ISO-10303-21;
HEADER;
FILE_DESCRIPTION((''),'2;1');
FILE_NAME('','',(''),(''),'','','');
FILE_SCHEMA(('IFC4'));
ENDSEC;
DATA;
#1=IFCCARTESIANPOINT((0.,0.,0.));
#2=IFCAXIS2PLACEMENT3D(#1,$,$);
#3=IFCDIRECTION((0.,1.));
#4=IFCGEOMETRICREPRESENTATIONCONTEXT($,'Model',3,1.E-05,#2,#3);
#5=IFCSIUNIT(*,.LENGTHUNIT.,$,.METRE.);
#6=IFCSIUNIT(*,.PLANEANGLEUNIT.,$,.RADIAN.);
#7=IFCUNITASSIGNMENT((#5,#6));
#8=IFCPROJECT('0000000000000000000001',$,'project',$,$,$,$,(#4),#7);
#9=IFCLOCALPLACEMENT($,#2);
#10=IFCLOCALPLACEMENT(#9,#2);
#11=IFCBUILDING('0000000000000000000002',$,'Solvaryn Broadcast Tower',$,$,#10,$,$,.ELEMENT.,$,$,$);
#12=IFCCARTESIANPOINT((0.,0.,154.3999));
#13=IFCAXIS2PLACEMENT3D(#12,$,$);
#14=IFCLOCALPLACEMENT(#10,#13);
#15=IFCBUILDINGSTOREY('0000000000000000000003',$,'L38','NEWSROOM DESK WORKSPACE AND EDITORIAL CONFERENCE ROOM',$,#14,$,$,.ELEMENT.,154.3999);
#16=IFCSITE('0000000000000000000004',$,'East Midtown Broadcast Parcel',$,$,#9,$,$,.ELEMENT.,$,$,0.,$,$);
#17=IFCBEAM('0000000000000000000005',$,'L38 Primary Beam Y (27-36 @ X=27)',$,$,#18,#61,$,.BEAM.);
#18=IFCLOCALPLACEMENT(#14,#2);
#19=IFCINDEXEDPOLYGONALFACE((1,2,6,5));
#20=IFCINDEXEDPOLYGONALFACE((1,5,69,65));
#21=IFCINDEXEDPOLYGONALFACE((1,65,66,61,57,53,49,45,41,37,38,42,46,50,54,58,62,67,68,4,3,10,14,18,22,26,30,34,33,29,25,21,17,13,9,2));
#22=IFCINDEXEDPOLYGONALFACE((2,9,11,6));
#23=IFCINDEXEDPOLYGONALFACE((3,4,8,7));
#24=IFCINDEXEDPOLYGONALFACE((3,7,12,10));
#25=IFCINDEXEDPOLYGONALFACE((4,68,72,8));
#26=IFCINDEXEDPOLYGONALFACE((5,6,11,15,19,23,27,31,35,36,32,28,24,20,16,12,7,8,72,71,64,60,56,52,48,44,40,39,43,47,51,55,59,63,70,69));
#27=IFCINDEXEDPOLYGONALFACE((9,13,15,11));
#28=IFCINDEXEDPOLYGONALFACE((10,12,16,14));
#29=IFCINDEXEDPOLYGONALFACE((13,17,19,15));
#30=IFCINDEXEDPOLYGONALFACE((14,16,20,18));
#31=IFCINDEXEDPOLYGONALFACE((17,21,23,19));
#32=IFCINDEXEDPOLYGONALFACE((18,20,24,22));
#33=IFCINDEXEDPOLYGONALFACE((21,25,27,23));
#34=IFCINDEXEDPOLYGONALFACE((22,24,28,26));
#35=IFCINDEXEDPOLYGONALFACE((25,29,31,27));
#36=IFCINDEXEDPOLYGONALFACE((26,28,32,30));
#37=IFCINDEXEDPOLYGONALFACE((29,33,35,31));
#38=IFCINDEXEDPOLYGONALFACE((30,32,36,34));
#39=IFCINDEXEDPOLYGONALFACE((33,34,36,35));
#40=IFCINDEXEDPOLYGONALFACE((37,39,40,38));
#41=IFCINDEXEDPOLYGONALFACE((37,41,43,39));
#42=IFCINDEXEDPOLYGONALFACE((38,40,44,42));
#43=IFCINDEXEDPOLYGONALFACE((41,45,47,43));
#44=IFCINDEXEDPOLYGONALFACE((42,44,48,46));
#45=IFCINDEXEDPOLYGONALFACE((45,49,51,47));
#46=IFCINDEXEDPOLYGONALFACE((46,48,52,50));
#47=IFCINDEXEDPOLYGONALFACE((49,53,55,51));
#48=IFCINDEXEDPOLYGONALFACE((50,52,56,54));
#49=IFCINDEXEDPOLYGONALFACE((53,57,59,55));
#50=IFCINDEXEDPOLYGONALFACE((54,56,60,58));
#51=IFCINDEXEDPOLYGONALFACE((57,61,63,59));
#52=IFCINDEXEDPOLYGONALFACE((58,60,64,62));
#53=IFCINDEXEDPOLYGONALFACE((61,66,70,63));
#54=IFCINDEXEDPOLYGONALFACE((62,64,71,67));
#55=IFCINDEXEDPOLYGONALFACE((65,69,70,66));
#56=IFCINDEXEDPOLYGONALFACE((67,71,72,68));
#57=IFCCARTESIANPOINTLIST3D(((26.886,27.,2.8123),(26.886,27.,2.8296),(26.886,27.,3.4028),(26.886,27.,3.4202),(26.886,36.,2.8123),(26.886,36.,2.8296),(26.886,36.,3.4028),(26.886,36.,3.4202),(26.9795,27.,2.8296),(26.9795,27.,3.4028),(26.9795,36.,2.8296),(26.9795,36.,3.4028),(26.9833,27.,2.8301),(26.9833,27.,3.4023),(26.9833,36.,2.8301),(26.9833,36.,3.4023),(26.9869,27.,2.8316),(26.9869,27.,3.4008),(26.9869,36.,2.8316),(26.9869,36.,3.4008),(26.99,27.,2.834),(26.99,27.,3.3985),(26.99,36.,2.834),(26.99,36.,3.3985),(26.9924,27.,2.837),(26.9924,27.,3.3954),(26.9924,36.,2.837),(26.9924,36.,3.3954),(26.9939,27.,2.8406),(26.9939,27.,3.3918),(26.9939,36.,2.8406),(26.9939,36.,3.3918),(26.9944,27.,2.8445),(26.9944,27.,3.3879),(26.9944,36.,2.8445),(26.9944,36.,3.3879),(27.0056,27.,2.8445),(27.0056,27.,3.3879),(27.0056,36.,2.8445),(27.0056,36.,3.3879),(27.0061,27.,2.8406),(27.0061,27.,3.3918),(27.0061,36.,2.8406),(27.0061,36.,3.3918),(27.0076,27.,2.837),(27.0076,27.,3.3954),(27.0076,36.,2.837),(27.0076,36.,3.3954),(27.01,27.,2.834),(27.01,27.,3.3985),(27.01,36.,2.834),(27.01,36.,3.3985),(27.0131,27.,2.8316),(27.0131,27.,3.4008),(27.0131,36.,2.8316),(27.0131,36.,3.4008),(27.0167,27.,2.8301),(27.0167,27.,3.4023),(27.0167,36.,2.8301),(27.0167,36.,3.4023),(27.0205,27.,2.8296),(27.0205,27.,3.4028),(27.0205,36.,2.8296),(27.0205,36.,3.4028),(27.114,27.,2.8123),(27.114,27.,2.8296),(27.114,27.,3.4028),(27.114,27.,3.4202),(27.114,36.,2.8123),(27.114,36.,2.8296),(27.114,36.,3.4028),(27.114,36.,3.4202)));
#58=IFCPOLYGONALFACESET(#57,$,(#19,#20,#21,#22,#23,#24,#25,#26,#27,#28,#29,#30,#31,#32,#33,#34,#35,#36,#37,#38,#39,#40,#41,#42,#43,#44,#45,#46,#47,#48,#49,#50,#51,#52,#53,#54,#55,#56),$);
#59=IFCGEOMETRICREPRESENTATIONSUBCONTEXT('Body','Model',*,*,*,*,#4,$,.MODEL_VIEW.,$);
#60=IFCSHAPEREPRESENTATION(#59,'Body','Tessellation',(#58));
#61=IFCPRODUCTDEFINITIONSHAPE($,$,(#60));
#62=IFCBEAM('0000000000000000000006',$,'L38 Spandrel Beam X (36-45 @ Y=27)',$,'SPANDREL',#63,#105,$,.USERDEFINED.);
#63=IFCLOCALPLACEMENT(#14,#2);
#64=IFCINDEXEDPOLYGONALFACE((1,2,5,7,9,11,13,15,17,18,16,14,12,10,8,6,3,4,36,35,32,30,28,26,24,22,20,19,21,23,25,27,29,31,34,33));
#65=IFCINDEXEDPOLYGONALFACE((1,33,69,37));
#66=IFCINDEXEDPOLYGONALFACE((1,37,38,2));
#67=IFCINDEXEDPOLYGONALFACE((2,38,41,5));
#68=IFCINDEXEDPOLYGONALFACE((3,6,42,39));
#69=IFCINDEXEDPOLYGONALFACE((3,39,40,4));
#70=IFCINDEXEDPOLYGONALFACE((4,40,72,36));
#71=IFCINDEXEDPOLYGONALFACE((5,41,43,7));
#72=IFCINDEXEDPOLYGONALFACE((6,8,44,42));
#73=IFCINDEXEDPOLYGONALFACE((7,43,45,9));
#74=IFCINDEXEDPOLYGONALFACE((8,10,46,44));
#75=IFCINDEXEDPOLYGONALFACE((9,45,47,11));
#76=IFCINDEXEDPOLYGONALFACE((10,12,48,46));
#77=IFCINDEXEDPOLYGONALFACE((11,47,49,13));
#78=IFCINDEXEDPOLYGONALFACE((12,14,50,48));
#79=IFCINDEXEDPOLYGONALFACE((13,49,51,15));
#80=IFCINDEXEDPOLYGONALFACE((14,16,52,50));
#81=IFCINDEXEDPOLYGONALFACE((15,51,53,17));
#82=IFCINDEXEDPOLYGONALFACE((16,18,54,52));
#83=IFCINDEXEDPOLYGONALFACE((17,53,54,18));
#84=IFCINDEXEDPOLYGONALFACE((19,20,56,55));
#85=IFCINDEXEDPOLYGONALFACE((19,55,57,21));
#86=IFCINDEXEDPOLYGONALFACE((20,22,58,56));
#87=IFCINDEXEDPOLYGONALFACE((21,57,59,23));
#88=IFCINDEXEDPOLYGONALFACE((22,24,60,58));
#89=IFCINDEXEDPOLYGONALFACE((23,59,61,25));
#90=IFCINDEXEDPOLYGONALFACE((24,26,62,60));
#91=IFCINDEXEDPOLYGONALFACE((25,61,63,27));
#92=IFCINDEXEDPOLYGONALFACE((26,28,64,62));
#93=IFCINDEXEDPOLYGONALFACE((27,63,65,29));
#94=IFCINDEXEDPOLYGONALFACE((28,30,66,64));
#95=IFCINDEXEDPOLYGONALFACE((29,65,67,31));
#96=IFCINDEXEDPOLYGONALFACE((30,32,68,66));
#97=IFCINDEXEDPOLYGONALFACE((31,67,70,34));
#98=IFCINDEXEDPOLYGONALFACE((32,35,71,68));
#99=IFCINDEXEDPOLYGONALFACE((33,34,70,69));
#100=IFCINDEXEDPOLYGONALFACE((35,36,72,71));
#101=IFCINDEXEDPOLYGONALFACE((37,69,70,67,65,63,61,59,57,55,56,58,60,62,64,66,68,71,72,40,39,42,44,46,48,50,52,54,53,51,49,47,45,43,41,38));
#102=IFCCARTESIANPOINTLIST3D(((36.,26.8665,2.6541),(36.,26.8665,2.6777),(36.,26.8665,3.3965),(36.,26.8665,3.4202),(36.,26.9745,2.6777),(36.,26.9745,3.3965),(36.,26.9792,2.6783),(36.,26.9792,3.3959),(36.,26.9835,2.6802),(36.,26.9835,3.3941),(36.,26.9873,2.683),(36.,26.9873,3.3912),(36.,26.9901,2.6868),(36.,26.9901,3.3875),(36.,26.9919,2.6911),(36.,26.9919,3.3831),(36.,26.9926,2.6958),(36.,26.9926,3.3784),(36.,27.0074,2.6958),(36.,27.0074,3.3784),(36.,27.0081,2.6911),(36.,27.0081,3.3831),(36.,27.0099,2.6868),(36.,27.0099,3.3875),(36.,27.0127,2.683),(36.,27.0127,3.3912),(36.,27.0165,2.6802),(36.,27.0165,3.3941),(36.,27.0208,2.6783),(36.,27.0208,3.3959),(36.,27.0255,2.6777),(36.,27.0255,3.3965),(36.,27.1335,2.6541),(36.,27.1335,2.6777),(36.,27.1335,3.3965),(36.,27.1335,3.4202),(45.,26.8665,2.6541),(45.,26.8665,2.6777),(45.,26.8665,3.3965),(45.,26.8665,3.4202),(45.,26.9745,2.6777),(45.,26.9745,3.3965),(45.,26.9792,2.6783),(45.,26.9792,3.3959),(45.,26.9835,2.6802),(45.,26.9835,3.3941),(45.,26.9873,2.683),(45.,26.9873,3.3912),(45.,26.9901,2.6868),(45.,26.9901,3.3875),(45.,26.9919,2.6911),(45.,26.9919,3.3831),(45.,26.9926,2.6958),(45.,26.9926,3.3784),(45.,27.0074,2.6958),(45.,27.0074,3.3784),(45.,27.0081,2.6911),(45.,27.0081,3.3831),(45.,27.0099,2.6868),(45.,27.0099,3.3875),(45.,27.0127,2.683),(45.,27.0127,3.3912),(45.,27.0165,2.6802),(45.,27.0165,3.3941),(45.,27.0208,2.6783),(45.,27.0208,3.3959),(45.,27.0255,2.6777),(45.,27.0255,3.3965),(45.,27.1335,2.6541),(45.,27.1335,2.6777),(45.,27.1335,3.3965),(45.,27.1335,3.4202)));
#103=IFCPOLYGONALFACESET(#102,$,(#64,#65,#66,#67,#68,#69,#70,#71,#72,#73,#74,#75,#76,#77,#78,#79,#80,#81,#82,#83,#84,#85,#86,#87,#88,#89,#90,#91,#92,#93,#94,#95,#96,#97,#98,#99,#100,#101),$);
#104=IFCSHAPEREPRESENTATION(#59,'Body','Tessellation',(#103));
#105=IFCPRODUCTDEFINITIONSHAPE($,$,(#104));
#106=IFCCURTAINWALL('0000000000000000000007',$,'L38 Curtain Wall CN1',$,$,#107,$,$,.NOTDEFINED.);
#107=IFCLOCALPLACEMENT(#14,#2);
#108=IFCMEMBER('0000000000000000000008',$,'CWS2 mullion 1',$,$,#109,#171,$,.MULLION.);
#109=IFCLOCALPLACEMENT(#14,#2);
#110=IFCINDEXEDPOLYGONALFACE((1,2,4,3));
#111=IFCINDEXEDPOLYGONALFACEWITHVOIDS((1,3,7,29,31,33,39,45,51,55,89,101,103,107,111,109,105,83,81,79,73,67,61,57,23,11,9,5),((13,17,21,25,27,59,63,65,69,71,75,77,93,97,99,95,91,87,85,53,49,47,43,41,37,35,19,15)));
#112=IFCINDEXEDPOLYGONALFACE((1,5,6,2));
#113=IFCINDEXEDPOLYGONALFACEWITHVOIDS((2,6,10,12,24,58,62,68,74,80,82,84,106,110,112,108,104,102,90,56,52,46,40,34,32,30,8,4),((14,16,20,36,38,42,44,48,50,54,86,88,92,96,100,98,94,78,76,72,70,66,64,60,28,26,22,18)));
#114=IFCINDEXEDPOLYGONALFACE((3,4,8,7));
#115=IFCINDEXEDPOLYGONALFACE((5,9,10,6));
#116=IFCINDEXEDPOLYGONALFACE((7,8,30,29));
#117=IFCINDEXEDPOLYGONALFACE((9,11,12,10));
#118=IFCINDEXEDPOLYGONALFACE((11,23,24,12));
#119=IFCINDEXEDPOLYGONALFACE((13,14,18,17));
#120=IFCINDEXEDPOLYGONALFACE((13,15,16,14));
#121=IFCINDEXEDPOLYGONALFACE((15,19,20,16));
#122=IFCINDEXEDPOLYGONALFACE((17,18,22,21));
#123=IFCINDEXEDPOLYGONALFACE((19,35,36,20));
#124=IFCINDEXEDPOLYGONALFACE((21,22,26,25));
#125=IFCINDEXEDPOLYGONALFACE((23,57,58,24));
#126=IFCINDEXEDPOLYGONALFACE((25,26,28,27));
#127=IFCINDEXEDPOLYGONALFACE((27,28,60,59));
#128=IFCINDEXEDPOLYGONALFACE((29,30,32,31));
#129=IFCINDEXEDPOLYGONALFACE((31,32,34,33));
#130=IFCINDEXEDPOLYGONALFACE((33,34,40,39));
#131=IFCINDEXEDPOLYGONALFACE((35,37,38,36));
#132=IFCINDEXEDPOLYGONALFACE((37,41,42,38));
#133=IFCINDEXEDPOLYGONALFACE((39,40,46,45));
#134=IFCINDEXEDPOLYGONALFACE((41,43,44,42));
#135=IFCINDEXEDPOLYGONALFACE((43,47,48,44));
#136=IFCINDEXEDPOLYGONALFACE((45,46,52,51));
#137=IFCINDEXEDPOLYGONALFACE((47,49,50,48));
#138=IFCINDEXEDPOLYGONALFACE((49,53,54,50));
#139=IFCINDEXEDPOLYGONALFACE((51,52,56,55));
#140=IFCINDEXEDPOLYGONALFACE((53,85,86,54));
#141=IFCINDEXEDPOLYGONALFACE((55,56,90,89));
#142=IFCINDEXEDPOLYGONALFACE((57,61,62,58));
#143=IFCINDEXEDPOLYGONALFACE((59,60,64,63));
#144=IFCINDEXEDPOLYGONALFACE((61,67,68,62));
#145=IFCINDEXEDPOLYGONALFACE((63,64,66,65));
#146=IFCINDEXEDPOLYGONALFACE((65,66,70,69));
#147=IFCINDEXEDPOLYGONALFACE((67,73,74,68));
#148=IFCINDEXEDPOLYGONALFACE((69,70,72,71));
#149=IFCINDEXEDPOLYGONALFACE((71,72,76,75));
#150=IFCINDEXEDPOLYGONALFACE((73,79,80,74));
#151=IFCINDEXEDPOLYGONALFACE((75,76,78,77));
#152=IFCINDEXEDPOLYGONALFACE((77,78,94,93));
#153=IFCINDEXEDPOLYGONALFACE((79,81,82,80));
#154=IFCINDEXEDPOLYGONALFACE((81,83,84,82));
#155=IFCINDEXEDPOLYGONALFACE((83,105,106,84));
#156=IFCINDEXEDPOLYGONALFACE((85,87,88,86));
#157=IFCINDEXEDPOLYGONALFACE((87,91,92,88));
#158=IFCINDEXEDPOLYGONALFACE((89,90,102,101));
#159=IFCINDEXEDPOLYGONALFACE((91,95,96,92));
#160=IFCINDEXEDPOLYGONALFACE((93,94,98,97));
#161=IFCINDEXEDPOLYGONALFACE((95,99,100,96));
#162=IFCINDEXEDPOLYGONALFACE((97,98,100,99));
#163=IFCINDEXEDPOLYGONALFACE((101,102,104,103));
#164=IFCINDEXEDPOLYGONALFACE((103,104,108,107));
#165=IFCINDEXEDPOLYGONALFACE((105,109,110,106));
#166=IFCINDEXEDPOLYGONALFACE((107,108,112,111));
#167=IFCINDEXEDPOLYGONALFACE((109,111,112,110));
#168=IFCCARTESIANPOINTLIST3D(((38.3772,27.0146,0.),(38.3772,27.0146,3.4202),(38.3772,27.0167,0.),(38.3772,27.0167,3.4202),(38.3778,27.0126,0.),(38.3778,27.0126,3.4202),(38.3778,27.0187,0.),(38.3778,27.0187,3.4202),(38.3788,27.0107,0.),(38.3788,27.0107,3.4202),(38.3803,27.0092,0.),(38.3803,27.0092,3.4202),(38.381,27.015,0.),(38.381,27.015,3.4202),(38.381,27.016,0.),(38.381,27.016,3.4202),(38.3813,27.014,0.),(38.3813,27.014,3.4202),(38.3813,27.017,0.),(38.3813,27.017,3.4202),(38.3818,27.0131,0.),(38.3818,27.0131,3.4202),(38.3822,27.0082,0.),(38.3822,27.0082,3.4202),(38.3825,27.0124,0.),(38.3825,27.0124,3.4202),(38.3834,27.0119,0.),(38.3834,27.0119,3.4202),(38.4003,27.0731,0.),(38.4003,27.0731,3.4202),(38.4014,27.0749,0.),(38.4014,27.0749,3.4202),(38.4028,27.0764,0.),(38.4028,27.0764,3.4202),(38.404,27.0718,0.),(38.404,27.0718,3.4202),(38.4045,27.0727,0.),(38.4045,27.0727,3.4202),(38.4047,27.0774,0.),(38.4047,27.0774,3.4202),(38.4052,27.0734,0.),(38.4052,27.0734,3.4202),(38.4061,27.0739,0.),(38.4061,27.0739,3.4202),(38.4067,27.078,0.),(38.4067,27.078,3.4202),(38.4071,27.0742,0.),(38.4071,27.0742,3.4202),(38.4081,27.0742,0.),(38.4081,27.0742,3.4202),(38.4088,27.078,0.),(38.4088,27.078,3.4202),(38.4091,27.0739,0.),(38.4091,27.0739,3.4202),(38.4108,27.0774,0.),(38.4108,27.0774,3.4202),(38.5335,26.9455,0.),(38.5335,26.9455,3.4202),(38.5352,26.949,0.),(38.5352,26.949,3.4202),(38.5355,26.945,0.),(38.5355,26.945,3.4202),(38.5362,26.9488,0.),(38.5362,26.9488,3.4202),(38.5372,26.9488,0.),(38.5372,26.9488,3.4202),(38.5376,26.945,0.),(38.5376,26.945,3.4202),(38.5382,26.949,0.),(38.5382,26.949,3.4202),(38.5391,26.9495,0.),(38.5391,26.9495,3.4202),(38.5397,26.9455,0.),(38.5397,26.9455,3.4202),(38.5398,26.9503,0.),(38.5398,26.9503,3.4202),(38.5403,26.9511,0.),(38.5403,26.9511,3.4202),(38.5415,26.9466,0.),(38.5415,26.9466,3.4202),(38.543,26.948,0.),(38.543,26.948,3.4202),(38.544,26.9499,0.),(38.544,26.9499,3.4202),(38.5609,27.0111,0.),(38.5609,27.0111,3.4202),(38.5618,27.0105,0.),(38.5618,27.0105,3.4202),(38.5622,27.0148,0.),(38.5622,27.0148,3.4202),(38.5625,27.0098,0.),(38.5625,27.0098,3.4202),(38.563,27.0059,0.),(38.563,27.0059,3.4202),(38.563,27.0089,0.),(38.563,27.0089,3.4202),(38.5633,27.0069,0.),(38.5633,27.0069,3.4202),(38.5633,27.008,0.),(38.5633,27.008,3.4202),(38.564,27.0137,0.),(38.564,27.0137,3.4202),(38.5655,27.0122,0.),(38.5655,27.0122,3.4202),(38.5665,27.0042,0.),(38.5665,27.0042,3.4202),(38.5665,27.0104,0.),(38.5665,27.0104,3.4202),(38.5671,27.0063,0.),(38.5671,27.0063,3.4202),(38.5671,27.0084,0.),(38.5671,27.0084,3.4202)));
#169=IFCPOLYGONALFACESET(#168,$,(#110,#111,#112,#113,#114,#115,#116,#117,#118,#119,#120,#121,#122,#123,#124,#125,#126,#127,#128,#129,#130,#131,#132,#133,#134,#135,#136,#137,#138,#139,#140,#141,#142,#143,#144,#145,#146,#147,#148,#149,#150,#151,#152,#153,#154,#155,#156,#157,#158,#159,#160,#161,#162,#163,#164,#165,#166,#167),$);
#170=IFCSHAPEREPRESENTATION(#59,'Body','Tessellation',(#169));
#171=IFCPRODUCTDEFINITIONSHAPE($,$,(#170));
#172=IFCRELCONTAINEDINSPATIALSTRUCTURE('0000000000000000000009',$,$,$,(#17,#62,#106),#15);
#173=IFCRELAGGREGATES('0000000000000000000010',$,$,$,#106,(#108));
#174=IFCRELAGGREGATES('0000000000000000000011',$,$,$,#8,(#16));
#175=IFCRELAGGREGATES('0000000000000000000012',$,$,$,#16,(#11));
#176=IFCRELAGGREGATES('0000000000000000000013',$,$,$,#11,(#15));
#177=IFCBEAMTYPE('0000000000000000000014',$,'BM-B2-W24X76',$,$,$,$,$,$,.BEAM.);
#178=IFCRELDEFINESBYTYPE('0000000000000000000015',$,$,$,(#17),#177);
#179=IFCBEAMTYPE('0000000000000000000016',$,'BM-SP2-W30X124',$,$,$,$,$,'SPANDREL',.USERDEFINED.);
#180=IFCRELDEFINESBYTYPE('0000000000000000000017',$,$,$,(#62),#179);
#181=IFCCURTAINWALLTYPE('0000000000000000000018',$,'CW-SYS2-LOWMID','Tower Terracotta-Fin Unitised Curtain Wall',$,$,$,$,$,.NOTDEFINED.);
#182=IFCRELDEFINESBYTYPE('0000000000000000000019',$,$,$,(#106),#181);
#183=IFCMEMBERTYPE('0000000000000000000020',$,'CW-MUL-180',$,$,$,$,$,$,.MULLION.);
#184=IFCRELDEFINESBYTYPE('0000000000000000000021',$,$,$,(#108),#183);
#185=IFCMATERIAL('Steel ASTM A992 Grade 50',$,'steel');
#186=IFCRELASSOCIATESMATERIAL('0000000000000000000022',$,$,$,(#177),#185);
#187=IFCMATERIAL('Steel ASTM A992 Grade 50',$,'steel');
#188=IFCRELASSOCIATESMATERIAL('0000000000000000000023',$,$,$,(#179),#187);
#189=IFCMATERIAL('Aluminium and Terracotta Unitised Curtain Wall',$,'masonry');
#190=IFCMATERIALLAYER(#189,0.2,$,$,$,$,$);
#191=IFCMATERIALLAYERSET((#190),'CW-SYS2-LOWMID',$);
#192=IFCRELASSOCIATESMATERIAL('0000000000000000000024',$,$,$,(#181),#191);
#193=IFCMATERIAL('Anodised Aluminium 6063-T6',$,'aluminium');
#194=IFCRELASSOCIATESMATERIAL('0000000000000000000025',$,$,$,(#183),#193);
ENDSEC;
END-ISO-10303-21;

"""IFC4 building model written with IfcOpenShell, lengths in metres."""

from ifc_helpers import new_model, si_unit, direction, frame, origin, origin_2d, place, context, subcontext, project, spatial, hollow_rectangle, i_section, extrude, material, layer, layer_set, material_profile, profile_set, type_object, element, aggregate, save


model = new_model("IFC4")

# Units and contexts
model_context = context("Model", 3, precision=1e-05, world=origin(), true_north=direction((0.0, 1.0)))
body_context = subcontext(model_context, "Body", "Model", "MODEL_VIEW")
ifc_project = project(units=[si_unit("LENGTHUNIT", "METRE"), si_unit("PLANEANGLEUNIT", "RADIAN")], contexts=[model_context])

# Site, building, storey
site_placement = place(None, origin())
site = spatial("IfcSite", under=ifc_project, at=site_placement, Name="East Midtown Broadcast Parcel", CompositionType="ELEMENT", RefElevation=0.0)
building_placement = place(site_placement, origin())
building = spatial("IfcBuilding", under=site, at=building_placement, Name="Solvaryn Broadcast Tower", CompositionType="ELEMENT")
storey_placement = place(building_placement, frame((0.0, 0.0, 154.3999)))
storey = spatial("IfcBuildingStorey", under=building, at=storey_placement, Name="L38", Description="NEWSROOM DESK WORKSPACE AND EDITORIAL CONFERENCE ROOM", CompositionType="ELEMENT", Elevation=154.3999)

# Beams
ifc_material_1 = material(Name="Steel ASTM A992 Grade 50", Category="steel")
ifc_material_profile_1 = material_profile(ifc_material_1, i_section(OverallWidth=0.228, OverallDepth=0.6079, WebThickness=0.0112, FlangeThickness=0.0173, FilletRadius=0.0149, at=origin_2d()))
ifc_profile_set_1 = profile_set([ifc_material_profile_1], Name="Steel ASTM A992 Grade 50")
beam_type_1 = type_object("IfcBeamType", Name="BM-B2-W24X76", PredefinedType="BEAM", material=ifc_profile_set_1)
beam_1_placement = place(storey_placement, frame((27.0, 27.0, 3.1162), z_axis=(0.0, 1.0, 0.0), x_axis=(-1.0, 0.0, 0.0)))
element("IfcBeam", 1, at=beam_1_placement, inside=storey, type_object=beam_type_1, Name="L38 Primary Beam Y (27-36 @ X=27)", PredefinedType="BEAM", context=body_context, shape_type="SweptSolid", body=[
    extrude(i_section(OverallWidth=0.228, OverallDepth=0.6079, WebThickness=0.0112, FlangeThickness=0.0173, FilletRadius=0.0149, at=origin_2d()), origin(), (0.0, 0.0, 1.0), 9.0),
])
ifc_material_2 = material(Name="Steel ASTM A992 Grade 50", Category="steel")
ifc_material_profile_2 = material_profile(ifc_material_2, i_section(OverallWidth=0.2671, OverallDepth=0.7661, WebThickness=0.0149, FlangeThickness=0.0237, FilletRadius=0.0181, at=origin_2d()))
ifc_profile_set_2 = profile_set([ifc_material_profile_2], Name="Steel ASTM A992 Grade 50")
beam_type_2 = type_object("IfcBeamType", Name="BM-SP2-W30X124", ElementType="SPANDREL", PredefinedType="USERDEFINED", material=ifc_profile_set_2)
beam_2_placement = place(storey_placement, frame((36.0, 27.0, 3.0371), z_axis=(1.0, 0.0, 0.0), x_axis=(0.0, 1.0, 0.0)))
element("IfcBeam", 2, at=beam_2_placement, inside=storey, type_object=beam_type_2, Name="L38 Spandrel Beam X (36-45 @ Y=27)", ObjectType="SPANDREL", PredefinedType="USERDEFINED", context=body_context, shape_type="SweptSolid", body=[
    extrude(i_section(OverallWidth=0.2671, OverallDepth=0.7661, WebThickness=0.0149, FlangeThickness=0.0237, FilletRadius=0.0181, at=origin_2d()), origin(), (0.0, 0.0, 1.0), 9.0),
])

# Curtain wall, member
ifc_material_3 = material(Name="Aluminium and Terracotta Unitised Curtain Wall", Category="masonry")
ifc_layer_1 = layer(ifc_material_3, 0.2)
ifc_layer_set_1 = layer_set([ifc_layer_1], Name="CW-SYS2-LOWMID")
curtain_wall_type = type_object("IfcCurtainWallType", Name="CW-SYS2-LOWMID", Description="Tower Terracotta-Fin Unitised Curtain Wall", PredefinedType="NOTDEFINED", material=ifc_layer_set_1)
curtain_wall_1_placement = place(storey_placement, origin())
curtain_wall_1 = element("IfcCurtainWall", 3, at=curtain_wall_1_placement, inside=storey, type_object=curtain_wall_type, Name="L38 Curtain Wall CN1", PredefinedType="NOTDEFINED")
ifc_material_4 = material(Name="Anodised Aluminium 6063-T6", Category="aluminium")
ifc_material_profile_3 = material_profile(ifc_material_4, hollow_rectangle(XDim=0.075, YDim=0.1799, WallThickness=0.0039, InnerFilletRadius=0.0039, OuterFilletRadius=0.0081, at=origin_2d()))
ifc_profile_set_3 = profile_set([ifc_material_profile_3], Name="Anodised Aluminium 6063-T6")
member_type_1 = type_object("IfcMemberType", Name="CW-MUL-180", PredefinedType="MULLION", material=ifc_profile_set_3)
member_1_placement = place(storey_placement, frame((38.4722, 27.0115, 0.0), z_axis=(0.0, 0.0, 1.0), x_axis=(-0.382646, -0.923895, 0.0)))
member_1 = element("IfcMember", 4, at=member_1_placement, type_object=member_type_1, Name="CWS2 mullion 1", PredefinedType="MULLION", context=body_context, shape_type="SweptSolid", body=[
    extrude(hollow_rectangle(XDim=0.075, YDim=0.1799, WallThickness=0.0039, InnerFilletRadius=0.0039, OuterFilletRadius=0.0081, at=origin_2d()), origin(), (0.0, 0.0, 1.0), 3.4202),
])

aggregate(curtain_wall_1, [member_1])

save(model, "model.ifc")
